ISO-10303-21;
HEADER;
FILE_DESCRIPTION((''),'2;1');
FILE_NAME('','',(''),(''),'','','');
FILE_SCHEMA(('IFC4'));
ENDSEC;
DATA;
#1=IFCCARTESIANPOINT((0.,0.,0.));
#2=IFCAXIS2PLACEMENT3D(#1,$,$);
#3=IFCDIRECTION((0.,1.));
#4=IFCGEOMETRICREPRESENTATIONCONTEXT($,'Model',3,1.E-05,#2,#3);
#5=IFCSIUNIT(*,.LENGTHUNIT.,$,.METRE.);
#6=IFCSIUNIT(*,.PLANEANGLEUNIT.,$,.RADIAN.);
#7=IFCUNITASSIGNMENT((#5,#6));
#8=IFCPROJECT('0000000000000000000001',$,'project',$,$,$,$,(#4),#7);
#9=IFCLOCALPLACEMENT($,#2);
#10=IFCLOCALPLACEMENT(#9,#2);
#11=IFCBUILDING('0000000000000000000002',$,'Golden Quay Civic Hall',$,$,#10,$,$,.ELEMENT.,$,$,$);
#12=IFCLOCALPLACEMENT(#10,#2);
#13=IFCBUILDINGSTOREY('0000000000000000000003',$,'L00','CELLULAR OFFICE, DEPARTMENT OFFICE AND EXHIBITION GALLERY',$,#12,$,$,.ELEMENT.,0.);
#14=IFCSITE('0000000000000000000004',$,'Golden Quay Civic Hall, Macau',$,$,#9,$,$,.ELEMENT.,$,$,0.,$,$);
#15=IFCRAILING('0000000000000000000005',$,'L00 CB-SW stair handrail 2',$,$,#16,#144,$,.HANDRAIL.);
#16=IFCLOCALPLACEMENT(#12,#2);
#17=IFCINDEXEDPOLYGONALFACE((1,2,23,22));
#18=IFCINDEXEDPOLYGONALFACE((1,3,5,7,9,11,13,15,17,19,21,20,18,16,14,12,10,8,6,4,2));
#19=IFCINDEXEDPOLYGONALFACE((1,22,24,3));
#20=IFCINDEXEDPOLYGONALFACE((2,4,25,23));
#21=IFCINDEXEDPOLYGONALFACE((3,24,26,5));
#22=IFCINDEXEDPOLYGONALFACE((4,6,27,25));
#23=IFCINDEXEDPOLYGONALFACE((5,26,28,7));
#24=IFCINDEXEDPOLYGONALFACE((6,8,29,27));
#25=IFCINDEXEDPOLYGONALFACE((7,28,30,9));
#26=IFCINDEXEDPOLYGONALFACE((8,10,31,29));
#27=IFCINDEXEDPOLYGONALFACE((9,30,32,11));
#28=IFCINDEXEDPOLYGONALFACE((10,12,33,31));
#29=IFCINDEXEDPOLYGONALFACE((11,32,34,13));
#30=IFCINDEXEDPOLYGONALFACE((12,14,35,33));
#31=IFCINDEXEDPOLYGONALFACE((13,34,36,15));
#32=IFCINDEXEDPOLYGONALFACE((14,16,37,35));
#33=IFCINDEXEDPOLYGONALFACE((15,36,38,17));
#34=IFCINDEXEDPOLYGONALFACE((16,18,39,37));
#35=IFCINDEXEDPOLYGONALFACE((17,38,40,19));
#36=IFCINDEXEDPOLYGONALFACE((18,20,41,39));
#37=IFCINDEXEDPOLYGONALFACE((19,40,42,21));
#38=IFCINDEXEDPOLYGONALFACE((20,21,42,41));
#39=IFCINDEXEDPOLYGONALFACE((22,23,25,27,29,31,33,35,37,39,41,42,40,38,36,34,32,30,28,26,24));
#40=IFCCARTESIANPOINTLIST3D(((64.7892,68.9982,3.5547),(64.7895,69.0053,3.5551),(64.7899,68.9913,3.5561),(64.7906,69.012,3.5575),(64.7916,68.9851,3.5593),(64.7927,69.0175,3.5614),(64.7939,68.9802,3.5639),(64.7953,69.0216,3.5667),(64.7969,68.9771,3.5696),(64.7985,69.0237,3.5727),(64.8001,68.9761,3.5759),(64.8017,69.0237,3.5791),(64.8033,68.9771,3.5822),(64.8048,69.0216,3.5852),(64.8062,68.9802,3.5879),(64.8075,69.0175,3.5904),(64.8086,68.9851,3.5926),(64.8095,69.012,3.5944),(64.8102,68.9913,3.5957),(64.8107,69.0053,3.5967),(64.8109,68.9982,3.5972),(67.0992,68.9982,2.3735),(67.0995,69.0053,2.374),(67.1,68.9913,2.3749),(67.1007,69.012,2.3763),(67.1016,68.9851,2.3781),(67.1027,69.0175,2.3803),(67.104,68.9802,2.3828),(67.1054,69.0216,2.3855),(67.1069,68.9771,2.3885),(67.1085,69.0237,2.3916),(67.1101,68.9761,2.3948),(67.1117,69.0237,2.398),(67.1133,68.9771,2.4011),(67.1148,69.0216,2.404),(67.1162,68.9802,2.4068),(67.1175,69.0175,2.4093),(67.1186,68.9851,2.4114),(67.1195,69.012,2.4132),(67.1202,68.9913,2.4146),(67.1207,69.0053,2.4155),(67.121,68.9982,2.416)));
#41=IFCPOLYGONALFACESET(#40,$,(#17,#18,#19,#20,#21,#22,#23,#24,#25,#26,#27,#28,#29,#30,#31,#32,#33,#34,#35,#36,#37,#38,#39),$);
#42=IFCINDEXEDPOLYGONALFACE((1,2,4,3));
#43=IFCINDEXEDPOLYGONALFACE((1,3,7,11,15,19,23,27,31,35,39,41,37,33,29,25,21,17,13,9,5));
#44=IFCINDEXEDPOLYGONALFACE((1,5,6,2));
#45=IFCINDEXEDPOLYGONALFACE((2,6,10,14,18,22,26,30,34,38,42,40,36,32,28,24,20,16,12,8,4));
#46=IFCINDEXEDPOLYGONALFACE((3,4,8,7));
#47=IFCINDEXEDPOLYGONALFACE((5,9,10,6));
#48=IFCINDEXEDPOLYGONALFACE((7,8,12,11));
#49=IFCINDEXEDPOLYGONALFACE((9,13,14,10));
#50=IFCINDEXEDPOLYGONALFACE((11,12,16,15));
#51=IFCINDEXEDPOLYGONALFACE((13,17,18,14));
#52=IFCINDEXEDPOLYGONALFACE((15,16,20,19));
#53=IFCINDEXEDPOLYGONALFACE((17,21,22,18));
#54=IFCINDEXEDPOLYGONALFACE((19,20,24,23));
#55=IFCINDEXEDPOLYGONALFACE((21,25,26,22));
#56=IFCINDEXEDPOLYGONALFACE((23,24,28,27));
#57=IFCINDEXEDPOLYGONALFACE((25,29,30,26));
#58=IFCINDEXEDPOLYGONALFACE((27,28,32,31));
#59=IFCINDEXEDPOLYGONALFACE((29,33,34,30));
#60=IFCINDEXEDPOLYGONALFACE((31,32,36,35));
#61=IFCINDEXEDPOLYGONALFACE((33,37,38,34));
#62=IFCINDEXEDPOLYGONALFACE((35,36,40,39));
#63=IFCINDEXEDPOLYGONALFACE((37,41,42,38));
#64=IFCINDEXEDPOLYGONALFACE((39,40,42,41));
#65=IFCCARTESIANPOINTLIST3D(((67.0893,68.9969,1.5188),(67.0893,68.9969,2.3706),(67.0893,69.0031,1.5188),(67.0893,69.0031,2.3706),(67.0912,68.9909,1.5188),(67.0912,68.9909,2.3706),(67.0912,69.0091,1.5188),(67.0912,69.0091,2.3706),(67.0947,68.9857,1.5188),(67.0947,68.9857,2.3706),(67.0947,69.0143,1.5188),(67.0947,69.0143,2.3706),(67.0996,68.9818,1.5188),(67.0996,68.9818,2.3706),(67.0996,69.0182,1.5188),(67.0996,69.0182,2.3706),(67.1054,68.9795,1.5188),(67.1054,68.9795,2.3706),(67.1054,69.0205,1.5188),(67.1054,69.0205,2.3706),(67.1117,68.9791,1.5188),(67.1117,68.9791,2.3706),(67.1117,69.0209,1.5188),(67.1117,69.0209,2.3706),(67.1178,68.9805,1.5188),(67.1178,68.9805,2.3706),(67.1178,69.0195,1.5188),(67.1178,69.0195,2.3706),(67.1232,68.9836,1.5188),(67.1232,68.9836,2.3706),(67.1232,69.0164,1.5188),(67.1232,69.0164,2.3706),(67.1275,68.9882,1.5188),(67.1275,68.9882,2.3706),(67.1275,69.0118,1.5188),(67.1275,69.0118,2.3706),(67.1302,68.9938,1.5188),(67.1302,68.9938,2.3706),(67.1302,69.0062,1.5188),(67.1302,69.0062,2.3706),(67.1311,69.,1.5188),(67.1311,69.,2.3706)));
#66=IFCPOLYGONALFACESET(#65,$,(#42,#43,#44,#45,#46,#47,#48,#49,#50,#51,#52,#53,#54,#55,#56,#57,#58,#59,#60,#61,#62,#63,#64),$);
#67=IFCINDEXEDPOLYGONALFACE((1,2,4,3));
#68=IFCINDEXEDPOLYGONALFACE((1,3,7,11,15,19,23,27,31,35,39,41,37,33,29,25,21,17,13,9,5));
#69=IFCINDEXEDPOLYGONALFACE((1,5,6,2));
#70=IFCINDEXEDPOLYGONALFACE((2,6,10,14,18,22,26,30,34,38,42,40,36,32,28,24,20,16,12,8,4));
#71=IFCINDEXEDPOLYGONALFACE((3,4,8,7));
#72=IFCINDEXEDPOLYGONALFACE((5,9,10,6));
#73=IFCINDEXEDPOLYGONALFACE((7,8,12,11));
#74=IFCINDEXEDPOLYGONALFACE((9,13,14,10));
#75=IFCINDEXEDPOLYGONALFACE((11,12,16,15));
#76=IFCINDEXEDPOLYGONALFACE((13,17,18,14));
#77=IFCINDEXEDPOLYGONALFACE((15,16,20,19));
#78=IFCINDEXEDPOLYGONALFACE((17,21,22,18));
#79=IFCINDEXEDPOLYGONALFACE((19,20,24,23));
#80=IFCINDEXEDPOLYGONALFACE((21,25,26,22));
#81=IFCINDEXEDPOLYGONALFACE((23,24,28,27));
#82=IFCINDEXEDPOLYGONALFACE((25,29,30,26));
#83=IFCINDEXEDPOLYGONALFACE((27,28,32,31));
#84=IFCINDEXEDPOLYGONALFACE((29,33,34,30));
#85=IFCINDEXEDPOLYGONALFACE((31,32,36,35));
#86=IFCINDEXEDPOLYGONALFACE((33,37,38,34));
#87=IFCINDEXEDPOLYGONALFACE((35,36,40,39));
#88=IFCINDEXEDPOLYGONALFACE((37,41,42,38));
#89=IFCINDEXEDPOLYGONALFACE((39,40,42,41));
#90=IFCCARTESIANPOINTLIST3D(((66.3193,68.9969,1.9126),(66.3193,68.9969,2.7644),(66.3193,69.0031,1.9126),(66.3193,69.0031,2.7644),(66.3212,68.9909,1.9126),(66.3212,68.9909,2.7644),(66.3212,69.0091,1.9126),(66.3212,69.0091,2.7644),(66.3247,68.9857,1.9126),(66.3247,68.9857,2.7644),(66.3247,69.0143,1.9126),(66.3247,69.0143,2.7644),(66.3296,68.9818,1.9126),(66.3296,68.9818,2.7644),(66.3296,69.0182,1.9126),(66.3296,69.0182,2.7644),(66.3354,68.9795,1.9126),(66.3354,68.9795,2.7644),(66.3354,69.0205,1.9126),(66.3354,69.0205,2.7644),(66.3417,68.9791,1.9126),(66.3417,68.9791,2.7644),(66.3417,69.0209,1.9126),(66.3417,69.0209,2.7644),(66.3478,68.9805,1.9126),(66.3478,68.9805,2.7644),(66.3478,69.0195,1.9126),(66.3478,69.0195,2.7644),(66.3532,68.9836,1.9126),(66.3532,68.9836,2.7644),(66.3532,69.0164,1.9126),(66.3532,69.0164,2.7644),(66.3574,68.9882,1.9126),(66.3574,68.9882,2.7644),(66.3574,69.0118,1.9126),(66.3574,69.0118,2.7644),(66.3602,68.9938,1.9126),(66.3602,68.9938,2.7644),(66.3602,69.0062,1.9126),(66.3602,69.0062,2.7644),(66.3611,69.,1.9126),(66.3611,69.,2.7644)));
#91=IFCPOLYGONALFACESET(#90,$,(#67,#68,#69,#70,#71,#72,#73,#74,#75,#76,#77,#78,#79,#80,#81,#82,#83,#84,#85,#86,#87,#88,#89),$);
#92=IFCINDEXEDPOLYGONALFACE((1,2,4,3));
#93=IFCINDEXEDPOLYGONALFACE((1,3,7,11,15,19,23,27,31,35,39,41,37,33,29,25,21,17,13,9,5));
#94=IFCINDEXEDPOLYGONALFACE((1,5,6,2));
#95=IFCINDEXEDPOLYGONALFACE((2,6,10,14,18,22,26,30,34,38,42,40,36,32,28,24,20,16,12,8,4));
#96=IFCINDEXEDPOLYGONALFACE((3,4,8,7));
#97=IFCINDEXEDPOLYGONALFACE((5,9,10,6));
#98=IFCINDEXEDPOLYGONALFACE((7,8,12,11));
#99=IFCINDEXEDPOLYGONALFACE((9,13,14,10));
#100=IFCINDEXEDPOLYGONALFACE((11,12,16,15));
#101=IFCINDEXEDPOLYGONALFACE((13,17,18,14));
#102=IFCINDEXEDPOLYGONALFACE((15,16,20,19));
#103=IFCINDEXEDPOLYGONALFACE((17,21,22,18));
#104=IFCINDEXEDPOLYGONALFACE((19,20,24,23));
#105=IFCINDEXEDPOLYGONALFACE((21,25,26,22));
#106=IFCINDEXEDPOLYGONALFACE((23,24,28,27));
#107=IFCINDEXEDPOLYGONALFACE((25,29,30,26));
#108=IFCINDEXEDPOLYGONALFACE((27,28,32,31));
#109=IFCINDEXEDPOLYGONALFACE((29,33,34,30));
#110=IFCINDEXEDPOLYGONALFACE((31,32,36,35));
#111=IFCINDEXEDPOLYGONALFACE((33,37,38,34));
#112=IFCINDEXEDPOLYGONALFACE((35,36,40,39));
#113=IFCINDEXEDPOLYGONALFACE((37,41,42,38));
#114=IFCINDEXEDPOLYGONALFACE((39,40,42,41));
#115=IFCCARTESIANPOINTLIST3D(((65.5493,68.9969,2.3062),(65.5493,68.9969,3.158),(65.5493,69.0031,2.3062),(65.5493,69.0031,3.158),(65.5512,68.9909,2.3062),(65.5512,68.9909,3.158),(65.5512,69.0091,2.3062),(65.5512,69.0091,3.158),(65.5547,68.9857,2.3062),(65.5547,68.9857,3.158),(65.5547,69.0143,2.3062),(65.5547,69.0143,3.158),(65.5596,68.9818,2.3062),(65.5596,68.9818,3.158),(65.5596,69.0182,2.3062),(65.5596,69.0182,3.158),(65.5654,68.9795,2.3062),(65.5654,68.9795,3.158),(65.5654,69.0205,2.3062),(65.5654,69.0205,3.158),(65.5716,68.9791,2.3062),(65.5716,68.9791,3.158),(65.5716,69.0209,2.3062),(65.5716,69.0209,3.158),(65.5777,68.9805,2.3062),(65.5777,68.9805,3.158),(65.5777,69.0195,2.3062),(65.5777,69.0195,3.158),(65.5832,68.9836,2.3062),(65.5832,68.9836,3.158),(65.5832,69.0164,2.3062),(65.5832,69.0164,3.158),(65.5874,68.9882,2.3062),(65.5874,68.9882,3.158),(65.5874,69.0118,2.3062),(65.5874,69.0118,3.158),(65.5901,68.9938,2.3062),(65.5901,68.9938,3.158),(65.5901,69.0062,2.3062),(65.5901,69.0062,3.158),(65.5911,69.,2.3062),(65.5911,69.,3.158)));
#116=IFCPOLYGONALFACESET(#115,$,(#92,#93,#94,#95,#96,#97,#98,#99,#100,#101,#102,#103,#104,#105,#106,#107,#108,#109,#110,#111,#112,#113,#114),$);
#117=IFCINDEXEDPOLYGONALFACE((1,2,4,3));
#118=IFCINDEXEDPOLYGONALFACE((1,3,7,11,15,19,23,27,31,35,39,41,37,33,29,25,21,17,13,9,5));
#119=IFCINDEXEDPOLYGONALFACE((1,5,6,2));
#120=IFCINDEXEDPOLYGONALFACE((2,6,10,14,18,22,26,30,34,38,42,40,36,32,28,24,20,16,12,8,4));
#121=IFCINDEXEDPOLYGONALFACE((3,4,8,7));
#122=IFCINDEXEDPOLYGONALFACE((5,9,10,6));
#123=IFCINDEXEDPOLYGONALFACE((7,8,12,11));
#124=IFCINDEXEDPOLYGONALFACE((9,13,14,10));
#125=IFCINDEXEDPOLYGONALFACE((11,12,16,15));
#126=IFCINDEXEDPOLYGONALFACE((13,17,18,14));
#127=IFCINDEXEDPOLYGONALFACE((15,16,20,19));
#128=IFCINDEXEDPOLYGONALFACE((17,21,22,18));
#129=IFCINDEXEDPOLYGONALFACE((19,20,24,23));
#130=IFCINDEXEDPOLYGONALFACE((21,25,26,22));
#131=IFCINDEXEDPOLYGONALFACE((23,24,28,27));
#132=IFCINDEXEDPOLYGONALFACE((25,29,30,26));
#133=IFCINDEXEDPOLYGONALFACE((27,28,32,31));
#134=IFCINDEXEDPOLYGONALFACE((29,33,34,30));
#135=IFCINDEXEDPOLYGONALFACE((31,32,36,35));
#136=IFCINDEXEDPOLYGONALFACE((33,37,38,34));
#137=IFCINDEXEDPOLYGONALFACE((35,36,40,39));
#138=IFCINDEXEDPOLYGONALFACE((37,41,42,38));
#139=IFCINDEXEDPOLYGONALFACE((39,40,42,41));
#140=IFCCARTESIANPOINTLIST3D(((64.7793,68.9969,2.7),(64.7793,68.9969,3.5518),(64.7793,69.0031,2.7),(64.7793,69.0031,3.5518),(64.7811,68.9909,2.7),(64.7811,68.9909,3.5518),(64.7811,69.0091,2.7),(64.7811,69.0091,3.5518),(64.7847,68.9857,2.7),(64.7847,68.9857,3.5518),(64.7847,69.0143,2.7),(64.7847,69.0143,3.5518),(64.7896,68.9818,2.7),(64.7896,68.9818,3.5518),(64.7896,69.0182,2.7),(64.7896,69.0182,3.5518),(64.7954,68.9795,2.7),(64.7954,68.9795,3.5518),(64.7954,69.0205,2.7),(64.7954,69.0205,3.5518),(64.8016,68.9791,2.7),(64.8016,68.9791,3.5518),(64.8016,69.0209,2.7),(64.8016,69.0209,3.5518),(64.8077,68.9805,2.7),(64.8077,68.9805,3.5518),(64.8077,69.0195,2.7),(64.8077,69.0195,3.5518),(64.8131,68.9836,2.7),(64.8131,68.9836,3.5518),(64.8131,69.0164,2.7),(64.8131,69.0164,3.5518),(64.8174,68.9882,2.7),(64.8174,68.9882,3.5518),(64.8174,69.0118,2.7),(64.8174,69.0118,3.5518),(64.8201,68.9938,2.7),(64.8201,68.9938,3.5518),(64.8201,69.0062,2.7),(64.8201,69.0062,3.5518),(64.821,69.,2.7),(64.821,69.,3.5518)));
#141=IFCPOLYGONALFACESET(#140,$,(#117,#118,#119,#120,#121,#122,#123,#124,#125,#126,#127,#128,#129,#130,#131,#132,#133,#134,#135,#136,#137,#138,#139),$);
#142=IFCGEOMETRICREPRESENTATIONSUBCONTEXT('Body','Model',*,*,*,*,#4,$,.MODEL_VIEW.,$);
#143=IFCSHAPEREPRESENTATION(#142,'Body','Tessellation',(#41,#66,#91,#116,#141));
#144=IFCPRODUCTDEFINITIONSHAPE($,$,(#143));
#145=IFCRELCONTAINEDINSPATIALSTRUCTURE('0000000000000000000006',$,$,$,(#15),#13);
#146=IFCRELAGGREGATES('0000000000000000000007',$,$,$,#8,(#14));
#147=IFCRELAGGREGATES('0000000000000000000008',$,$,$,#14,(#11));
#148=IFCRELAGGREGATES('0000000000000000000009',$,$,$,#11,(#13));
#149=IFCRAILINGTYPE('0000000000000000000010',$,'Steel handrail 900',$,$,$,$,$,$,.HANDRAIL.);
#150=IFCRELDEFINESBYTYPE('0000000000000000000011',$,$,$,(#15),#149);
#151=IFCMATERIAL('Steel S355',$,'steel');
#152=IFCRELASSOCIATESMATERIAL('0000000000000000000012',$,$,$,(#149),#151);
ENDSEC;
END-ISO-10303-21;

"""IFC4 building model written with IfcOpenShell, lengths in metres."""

from ifc_helpers import new_model, si_unit, direction, frame, origin, origin_2d, place, context, subcontext, project, spatial, circle, extrude, material, type_object, element, save


model = new_model("IFC4")

# Units and contexts
model_context = context("Model", 3, precision=1e-05, world=origin(), true_north=direction((0.0, 1.0)))
body_context = subcontext(model_context, "Body", "Model", "MODEL_VIEW")
ifc_project = project(units=[si_unit("LENGTHUNIT", "METRE"), si_unit("PLANEANGLEUNIT", "RADIAN")], contexts=[model_context])

# Site, building, storey
site_placement = place(None, origin())
site = spatial("IfcSite", under=ifc_project, at=site_placement, Name="Golden Quay Civic Hall, Macau", CompositionType="ELEMENT", RefElevation=0.0)
building_placement = place(site_placement, origin())
building = spatial("IfcBuilding", under=site, at=building_placement, Name="Golden Quay Civic Hall", CompositionType="ELEMENT")
storey_placement = place(building_placement, origin())
storey = spatial("IfcBuildingStorey", under=building, at=storey_placement, Name="L00", Description="CELLULAR OFFICE, DEPARTMENT OFFICE AND EXHIBITION GALLERY", CompositionType="ELEMENT", Elevation=0.0)

# Railing
ifc_material_1 = material(Name="Steel S355", Category="steel")
railing_type_1 = type_object("IfcRailingType", Name="Steel handrail 900", PredefinedType="HANDRAIL", material=ifc_material_1)
for number, where, name in (
    (1, (67.1101, 69.0, 1.5188), "L00 CB-SW stair handrail 2"),
):
    element("IfcRailing", number, at=place(storey_placement, frame(where)), inside=storey, type_object=railing_type_1, Name=name, PredefinedType="HANDRAIL", context=body_context, shape_type="SweptSolid", body=[
        extrude(circle(Radius=0.0239, at=origin_2d()), frame((0.0, 0.0, 0.876), z_axis=(-0.890363, 0.0, 0.45525), x_axis=(0.0, -1.0, 0.0)), (0.0, 0.0, 1.0), 2.5945),
        extrude(circle(Radius=0.021, at=origin_2d()), origin(), (0.0, 0.0, 1.0), 0.8518),
        extrude(circle(Radius=0.021, at=origin_2d()), frame((-0.77, 0.0, 0.3938)), (0.0, 0.0, 1.0), 0.8518),
        extrude(circle(Radius=0.021, at=origin_2d()), frame((-1.54, 0.0, 0.7874)), (0.0, 0.0, 1.0), 0.8518),
        extrude(circle(Radius=0.021, at=origin_2d()), frame((-2.3101, 0.0, 1.1812)), (0.0, 0.0, 1.0), 0.8518),
    ])

save(model, "model.ifc")
